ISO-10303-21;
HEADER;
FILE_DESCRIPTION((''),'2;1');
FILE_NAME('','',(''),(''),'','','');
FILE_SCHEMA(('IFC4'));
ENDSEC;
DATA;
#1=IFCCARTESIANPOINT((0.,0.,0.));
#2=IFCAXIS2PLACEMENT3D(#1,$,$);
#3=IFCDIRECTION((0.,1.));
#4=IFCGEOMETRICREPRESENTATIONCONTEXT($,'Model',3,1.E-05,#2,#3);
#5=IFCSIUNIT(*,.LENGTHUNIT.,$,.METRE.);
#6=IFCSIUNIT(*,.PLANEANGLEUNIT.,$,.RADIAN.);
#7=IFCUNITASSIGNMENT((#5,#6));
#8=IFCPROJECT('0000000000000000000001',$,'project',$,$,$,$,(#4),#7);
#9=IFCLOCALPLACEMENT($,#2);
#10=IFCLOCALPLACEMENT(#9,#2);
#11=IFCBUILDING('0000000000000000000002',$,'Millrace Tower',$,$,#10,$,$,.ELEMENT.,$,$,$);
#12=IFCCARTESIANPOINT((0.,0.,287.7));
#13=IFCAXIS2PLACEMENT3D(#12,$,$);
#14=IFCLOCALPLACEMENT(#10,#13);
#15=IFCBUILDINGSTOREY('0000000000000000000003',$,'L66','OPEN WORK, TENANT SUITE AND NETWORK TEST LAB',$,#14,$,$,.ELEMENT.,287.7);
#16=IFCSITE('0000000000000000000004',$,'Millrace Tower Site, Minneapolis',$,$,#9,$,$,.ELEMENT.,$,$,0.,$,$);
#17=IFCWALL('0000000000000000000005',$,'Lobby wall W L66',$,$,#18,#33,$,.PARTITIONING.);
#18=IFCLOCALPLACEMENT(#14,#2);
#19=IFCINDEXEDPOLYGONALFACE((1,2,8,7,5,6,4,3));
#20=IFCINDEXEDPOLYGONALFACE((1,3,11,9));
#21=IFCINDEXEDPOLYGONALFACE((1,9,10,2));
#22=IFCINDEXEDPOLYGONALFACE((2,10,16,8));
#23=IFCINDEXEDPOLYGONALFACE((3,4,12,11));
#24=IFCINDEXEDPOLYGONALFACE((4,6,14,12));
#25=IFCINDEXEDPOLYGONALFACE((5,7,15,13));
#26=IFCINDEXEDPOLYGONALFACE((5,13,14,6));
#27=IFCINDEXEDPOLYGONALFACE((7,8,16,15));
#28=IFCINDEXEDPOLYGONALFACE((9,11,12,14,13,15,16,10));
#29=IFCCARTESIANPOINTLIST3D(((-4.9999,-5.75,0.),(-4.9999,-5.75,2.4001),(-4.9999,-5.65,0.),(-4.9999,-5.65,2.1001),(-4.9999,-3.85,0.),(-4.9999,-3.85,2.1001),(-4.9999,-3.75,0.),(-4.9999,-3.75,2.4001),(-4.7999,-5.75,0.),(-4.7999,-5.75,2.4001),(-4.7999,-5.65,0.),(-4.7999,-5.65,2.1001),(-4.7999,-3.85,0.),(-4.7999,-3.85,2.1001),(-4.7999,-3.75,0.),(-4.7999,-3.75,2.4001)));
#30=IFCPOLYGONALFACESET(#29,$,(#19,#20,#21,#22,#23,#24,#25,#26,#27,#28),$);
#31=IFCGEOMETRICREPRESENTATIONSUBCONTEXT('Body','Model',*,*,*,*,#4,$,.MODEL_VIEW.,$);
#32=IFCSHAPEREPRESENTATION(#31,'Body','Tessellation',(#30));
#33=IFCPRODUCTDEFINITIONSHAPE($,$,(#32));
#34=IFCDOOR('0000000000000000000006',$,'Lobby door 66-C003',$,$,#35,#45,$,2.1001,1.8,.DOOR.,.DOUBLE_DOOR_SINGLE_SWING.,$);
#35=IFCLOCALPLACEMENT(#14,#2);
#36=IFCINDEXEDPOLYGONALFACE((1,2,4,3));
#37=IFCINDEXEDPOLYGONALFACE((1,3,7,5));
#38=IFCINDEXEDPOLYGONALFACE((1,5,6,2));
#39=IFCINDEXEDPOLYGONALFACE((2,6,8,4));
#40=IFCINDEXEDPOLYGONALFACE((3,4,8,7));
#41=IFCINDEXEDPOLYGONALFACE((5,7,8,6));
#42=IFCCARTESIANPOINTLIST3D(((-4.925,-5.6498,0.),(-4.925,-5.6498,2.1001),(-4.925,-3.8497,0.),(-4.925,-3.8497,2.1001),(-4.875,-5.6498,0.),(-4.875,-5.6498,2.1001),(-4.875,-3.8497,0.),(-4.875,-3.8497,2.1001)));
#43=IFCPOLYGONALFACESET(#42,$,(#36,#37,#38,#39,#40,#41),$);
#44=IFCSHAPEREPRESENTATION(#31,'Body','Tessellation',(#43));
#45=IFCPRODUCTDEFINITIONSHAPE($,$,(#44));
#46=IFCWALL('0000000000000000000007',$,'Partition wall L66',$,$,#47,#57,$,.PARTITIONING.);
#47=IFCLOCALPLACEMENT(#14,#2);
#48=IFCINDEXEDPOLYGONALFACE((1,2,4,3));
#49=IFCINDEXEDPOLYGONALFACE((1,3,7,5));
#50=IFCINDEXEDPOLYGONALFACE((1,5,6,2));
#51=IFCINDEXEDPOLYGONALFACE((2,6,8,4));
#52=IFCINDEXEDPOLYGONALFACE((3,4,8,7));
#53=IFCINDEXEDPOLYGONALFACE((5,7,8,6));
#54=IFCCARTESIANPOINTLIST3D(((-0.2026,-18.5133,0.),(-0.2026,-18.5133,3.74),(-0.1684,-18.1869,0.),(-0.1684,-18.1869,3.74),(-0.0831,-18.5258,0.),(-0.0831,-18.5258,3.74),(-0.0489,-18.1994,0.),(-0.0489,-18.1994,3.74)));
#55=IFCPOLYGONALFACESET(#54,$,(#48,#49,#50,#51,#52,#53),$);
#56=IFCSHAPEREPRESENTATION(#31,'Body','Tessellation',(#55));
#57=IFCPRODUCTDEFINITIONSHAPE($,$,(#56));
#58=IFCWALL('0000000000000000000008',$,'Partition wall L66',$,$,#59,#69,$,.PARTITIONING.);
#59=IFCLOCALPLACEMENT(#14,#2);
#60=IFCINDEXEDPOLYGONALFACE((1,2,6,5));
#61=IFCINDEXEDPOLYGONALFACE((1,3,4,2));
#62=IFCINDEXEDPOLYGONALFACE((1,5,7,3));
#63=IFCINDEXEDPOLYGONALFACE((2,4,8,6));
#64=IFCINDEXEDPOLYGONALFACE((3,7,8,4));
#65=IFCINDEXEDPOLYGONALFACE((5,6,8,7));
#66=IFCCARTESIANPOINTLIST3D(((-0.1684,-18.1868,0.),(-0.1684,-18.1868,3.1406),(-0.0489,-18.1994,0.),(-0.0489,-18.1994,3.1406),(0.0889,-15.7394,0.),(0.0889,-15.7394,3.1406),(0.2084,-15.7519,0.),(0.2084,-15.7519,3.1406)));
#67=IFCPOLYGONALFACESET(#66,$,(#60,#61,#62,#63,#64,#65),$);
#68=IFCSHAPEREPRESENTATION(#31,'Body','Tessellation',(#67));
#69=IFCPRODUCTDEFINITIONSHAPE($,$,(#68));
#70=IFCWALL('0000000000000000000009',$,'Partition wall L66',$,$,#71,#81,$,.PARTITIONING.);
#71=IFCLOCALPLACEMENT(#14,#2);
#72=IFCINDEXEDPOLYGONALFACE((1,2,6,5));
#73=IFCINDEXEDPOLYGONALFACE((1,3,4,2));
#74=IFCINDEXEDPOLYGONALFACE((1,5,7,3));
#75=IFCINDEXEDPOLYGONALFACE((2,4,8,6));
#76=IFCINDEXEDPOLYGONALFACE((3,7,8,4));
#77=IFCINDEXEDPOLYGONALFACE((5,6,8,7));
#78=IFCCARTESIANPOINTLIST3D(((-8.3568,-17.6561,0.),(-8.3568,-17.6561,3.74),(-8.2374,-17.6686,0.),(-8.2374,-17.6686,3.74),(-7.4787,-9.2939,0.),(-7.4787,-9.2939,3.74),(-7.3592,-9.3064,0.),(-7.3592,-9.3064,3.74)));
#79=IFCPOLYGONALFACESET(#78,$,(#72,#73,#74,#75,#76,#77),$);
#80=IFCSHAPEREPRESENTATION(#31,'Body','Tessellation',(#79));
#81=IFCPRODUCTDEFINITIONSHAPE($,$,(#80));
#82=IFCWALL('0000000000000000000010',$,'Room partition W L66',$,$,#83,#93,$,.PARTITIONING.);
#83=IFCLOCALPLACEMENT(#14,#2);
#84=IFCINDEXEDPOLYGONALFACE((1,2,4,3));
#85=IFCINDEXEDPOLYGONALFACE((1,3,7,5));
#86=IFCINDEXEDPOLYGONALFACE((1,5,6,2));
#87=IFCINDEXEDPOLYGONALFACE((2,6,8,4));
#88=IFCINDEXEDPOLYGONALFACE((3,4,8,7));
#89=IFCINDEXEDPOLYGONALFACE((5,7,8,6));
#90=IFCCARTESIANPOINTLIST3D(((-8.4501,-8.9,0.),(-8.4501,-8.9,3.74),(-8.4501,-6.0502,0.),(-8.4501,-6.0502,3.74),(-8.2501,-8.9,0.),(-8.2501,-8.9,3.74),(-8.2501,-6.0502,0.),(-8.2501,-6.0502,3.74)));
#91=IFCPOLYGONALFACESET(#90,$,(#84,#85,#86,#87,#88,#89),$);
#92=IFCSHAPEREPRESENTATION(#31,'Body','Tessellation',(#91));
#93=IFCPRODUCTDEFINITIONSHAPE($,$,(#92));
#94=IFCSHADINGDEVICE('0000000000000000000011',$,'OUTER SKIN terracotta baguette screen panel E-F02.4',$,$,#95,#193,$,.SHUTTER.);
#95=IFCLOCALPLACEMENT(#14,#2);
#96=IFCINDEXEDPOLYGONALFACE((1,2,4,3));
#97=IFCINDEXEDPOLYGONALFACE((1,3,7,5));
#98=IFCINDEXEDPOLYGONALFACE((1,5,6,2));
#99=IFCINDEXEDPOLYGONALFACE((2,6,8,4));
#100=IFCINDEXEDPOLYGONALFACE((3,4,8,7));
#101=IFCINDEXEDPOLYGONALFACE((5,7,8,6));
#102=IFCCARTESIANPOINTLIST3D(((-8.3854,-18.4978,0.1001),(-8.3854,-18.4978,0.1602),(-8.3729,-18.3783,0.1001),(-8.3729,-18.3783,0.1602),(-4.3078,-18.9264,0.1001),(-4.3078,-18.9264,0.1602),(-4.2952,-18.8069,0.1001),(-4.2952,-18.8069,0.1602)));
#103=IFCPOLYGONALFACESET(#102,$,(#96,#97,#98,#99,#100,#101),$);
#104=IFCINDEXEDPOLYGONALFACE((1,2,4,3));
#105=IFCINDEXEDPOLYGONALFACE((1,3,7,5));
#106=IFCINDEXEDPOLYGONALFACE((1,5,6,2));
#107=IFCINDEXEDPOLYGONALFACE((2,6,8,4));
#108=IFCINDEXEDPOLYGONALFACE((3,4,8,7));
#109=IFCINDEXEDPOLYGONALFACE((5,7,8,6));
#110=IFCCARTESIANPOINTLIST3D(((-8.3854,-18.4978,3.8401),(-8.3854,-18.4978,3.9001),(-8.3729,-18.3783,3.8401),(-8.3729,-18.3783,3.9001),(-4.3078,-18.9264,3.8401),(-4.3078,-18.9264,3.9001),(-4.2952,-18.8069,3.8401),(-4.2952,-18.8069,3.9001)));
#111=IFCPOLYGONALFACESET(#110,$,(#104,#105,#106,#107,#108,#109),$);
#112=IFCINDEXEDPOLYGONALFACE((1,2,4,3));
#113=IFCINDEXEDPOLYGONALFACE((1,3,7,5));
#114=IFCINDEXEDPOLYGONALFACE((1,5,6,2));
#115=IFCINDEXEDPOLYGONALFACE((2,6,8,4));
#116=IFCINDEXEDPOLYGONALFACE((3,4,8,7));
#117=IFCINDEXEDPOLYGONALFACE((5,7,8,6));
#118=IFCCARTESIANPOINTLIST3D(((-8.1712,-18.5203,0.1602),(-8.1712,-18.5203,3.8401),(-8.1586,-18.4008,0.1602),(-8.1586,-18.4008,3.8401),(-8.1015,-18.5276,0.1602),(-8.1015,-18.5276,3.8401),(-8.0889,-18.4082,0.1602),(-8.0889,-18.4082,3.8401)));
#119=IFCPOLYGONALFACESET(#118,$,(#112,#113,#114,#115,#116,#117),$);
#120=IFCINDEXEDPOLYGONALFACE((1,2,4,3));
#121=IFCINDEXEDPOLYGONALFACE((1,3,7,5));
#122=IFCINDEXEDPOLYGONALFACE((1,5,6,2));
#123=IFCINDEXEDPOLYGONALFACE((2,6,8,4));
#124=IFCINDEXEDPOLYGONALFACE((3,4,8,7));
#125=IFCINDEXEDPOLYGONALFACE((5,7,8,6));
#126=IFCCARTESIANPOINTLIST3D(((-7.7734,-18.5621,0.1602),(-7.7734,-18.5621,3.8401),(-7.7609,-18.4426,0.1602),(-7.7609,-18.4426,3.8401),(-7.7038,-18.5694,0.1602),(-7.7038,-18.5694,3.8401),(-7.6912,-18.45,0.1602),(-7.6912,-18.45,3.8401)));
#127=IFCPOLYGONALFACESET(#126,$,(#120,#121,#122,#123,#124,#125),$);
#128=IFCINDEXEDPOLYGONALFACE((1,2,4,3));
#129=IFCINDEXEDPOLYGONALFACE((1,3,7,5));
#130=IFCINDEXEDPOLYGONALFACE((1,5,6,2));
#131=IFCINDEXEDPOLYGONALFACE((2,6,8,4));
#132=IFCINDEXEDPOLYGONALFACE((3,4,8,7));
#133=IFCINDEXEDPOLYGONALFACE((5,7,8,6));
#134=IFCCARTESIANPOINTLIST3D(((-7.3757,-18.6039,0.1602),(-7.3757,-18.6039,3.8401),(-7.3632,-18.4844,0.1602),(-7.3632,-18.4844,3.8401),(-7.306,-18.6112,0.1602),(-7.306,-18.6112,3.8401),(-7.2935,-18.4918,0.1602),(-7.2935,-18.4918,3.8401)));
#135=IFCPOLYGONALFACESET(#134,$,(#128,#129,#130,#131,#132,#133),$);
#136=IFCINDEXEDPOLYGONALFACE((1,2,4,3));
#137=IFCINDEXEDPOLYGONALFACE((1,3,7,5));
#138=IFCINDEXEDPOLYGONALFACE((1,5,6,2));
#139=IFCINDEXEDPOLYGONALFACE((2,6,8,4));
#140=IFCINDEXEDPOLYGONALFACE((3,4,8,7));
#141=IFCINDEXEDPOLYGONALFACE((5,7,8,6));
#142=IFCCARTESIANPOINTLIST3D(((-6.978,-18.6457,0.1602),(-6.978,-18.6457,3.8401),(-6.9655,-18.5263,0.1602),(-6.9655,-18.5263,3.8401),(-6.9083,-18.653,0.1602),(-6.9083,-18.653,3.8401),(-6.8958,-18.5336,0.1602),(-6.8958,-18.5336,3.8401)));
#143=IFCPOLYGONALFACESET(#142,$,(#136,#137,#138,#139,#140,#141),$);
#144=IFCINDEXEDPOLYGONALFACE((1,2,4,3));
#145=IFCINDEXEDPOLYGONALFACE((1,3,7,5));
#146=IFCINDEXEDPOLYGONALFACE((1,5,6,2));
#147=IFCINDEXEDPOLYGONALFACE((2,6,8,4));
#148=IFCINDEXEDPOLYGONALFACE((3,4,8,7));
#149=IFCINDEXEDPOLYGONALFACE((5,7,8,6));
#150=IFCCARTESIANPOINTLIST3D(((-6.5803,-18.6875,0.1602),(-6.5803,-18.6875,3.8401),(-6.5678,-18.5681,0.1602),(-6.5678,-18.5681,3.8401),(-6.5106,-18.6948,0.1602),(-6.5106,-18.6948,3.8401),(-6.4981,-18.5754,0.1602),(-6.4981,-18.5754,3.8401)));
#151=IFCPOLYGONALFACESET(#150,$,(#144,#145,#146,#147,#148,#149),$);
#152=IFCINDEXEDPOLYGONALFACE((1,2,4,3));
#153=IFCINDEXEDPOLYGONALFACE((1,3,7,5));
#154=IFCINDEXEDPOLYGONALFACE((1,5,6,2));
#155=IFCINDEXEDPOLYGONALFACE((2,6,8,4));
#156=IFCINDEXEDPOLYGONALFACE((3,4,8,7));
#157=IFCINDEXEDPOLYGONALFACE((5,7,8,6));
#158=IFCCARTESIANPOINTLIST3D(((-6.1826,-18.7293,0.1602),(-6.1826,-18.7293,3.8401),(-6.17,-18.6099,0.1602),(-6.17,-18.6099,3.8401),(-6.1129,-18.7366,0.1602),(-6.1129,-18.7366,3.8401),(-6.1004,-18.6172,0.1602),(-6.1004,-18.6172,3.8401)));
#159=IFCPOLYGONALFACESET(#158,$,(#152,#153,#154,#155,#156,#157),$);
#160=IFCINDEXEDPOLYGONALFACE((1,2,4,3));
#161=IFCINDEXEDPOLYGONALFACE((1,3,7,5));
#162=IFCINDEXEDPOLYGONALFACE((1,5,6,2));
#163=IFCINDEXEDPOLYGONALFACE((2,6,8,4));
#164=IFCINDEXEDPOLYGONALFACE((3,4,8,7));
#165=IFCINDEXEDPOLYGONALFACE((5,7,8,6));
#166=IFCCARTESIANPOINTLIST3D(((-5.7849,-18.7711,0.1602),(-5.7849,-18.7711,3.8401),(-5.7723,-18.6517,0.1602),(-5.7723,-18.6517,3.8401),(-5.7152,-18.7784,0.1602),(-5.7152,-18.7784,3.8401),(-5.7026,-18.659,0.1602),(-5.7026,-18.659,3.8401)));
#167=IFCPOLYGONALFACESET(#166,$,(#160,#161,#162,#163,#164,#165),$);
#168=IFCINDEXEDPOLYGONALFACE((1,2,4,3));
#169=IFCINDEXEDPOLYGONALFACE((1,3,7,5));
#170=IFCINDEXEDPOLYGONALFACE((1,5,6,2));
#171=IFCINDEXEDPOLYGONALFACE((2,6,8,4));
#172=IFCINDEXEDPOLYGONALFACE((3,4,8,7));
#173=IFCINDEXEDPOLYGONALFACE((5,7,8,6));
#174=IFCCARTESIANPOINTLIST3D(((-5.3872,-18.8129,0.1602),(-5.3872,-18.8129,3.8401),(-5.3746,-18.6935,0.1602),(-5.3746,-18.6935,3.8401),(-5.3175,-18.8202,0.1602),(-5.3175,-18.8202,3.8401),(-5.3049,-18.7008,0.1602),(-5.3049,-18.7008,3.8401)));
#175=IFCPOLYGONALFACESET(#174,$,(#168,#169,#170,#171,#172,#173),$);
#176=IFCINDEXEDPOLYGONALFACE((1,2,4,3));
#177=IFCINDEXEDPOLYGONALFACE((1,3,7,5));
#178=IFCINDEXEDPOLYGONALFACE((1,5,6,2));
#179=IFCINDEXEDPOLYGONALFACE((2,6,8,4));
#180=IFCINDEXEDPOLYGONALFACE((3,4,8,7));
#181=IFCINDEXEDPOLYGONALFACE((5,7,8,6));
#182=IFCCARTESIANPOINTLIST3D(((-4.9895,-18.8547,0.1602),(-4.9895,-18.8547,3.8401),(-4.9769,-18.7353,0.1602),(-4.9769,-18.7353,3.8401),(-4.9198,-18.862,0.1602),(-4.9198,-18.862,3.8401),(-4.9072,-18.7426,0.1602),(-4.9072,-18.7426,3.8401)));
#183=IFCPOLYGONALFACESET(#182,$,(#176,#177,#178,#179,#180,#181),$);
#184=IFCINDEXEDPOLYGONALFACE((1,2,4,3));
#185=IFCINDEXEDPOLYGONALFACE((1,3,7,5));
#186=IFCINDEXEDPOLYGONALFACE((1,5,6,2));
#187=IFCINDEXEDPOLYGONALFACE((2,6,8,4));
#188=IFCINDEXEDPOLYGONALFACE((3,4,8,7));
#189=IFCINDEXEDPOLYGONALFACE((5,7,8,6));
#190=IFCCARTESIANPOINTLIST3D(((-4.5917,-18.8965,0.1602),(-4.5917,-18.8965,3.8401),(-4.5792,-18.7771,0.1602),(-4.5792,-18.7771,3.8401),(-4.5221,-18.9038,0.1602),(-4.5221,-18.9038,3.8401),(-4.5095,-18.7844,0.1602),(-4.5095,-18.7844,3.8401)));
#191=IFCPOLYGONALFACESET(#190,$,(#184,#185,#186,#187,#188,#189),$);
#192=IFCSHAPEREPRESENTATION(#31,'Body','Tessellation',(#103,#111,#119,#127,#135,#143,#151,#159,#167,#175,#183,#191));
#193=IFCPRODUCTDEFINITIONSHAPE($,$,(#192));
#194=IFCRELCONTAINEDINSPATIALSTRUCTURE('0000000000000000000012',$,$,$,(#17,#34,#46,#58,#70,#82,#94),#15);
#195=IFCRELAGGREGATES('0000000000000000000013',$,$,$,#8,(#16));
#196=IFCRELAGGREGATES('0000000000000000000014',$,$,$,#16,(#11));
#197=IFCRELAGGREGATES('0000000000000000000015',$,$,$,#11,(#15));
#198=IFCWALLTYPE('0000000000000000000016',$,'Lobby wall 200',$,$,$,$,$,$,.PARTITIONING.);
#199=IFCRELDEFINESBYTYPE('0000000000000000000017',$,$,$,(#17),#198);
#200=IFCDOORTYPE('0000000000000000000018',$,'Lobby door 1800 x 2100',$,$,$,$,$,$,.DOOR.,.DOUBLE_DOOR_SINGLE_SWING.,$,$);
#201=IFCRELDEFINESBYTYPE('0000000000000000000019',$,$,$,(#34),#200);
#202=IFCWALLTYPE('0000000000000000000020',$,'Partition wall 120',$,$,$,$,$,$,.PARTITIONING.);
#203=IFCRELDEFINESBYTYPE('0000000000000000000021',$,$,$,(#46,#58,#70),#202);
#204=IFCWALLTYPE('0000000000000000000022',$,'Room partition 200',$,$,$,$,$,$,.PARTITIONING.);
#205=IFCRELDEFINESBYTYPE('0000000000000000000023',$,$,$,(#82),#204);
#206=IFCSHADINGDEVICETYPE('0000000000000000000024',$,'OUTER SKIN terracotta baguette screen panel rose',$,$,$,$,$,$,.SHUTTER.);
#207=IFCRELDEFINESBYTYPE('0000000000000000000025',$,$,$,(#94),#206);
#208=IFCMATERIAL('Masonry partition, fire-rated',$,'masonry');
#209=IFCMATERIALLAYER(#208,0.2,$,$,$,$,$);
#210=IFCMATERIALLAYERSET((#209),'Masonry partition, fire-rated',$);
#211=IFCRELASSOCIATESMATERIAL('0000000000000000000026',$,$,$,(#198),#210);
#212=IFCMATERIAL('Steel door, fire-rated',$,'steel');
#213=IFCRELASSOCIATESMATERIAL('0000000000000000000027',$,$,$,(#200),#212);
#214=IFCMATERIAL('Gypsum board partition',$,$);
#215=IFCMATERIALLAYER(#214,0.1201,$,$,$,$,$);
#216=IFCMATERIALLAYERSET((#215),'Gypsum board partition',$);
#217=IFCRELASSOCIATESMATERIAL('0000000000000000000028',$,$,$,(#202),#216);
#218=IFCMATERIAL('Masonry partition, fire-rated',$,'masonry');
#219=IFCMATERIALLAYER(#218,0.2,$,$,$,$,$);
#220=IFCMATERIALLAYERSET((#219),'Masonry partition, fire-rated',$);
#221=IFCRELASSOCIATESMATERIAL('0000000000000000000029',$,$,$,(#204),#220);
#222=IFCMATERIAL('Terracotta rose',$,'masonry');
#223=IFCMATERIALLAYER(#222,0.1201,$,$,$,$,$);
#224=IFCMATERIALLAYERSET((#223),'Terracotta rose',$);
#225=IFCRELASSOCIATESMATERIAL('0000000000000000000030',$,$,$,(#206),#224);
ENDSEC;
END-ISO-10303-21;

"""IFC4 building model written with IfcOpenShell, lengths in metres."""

from ifc_helpers import new_model, entity, si_unit, direction, frame, frame_2d, origin, place, context, subcontext, project, spatial, rectangle, extrude, source, transform, mapped, material, layer, layer_set, type_object, element, fill, save


model = new_model("IFC4")

# Units and contexts
model_context = context("Model", 3, precision=1e-05, world=origin(), true_north=direction((0.0, 1.0)))
body_context = subcontext(model_context, "Body", "Model", "MODEL_VIEW")
ifc_project = project(units=[si_unit("LENGTHUNIT", "METRE"), si_unit("PLANEANGLEUNIT", "RADIAN")], contexts=[model_context])

# Site, building, storey
site_placement = place(None, origin())
site = spatial("IfcSite", under=ifc_project, at=site_placement, Name="Millrace Tower Site, Minneapolis", CompositionType="ELEMENT", RefElevation=0.0)
building_placement = place(site_placement, origin())
building = spatial("IfcBuilding", under=site, at=building_placement, Name="Millrace Tower", CompositionType="ELEMENT")
storey_placement = place(building_placement, frame((0.0, 0.0, 287.7)))
storey = spatial("IfcBuildingStorey", under=building, at=storey_placement, Name="L66", Description="OPEN WORK, TENANT SUITE AND NETWORK TEST LAB", CompositionType="ELEMENT", Elevation=287.7)

# Wall, opening, door
ifc_material_1 = material(Name="Masonry partition, fire-rated", Category="masonry")
ifc_layer_1 = layer(ifc_material_1, 0.2)
ifc_layer_set_1 = layer_set([ifc_layer_1], Name="Masonry partition, fire-rated")
wall_type_1 = type_object("IfcWallType", Name="Lobby wall 200", PredefinedType="PARTITIONING", material=ifc_layer_set_1)
wall_1_placement = place(storey_placement, frame((-4.8999, -5.75, 0.0), z_axis=(0.0, 0.0, 1.0), x_axis=(0.0, 1.0, 0.0)))
wall_1 = element("IfcWall", 1, at=wall_1_placement, inside=storey, type_object=wall_type_1, Name="Lobby wall W L66", PredefinedType="PARTITIONING", context=body_context, shape_type="SweptSolid", body=[
    extrude(rectangle(XDim=2.0, YDim=0.2, at=frame_2d((1.0, 0.0))), origin(), (0.0, 0.0, 1.0), 2.4001),
])
opening_1_placement = place(wall_1_placement, frame((0.1001, 0.0, 0.0)))
opening_1 = element("IfcOpeningElement", 2, at=opening_1_placement, cuts=wall_1, PredefinedType="OPENING", context=body_context, shape_type="SweptSolid", body=[
    extrude(rectangle(XDim=1.8, YDim=2.1001, at=frame_2d((0.8999, 1.05))), frame((0.0, 0.1099, 0.0), z_axis=(0.0, -1.0, 0.0), x_axis=(1.0, 0.0, 0.0)), (0.0, 0.0, 1.0), 0.22),
])
ifc_material_2 = material(Name="Steel door, fire-rated", Category="steel")
door_type_1 = type_object("IfcDoorType", Name="Lobby door 1800 x 2100", OperationType="DOUBLE_DOOR_SINGLE_SWING", PredefinedType="DOOR", material=ifc_material_2)
door_1_placement = place(opening_1_placement, frame((1.8, 0.0, 0.0), z_axis=(0.0, 0.0, 1.0), x_axis=(-1.0, 0.0, 0.0)))
door_1 = element("IfcDoor", 3, at=door_1_placement, inside=storey, type_object=door_type_1, Name="Lobby door 66-C003", OperationType="DOUBLE_DOOR_SINGLE_SWING", OverallHeight=2.1001, OverallWidth=1.8, PredefinedType="DOOR", context=body_context, shape_type="SweptSolid", body=[
    extrude(rectangle(XDim=1.8, YDim=2.1001, at=frame_2d((0.8999, 1.05))), frame((0.0, 0.0249, 0.0), z_axis=(0.0, -1.0, 0.0), x_axis=(1.0, 0.0, 0.0)), (0.0, 0.0, 1.0), 0.05),
])
fill(opening_1, door_1)

# Walls
ifc_material_3 = material(Name="Gypsum board partition")
ifc_layer_2 = layer(ifc_material_3, 0.1201)
ifc_layer_set_2 = layer_set([ifc_layer_2], Name="Gypsum board partition")
wall_type_2 = type_object("IfcWallType", Name="Partition wall 120", PredefinedType="PARTITIONING", material=ifc_layer_set_2)
wall_2_placement = place(storey_placement, frame((-0.1428, -18.5195, 0.0), z_axis=(0.0, 0.0, 1.0), x_axis=(0.104143, 0.994562, 0.0)))
element("IfcWall", 4, at=wall_2_placement, inside=storey, type_object=wall_type_2, Name="Partition wall L66", PredefinedType="PARTITIONING", context=body_context, shape_type="SweptSolid", body=[
    extrude(rectangle(XDim=0.3281, YDim=0.1201, at=frame_2d((0.1641, 0.0))), origin(), (0.0, 0.0, 1.0), 3.74),
])
wall_3_placement = place(storey_placement, frame((-0.1086, -18.1931, 0.0), z_axis=(0.0, 0.0, 1.0), x_axis=(0.104561, 0.994518, 0.0)))
element("IfcWall", 5, at=wall_3_placement, inside=storey, type_object=wall_type_2, Name="Partition wall L66", PredefinedType="PARTITIONING", context=body_context, shape_type="SweptSolid", body=[
    extrude(rectangle(XDim=2.4609, YDim=0.1201, at=frame_2d((1.2305, 0.0))), origin(), (0.0, 0.0, 1.0), 3.1406),
])
wall_4_placement = place(storey_placement, frame((-8.2971, -17.6624, 0.0), z_axis=(0.0, 0.0, 1.0), x_axis=(0.104441, 0.994531, 0.0)))
element("IfcWall", 6, at=wall_4_placement, inside=storey, type_object=wall_type_2, Name="Partition wall L66", PredefinedType="PARTITIONING", context=body_context, shape_type="SweptSolid", body=[
    extrude(rectangle(XDim=8.4082, YDim=0.1201, at=frame_2d((4.2041, 0.0))), origin(), (0.0, 0.0, 1.0), 3.74),
])
ifc_material_4 = material(Name="Masonry partition, fire-rated", Category="masonry")
ifc_layer_3 = layer(ifc_material_4, 0.2)
ifc_layer_set_3 = layer_set([ifc_layer_3], Name="Masonry partition, fire-rated")
wall_type_3 = type_object("IfcWallType", Name="Room partition 200", PredefinedType="PARTITIONING", material=ifc_layer_set_3)
wall_5_placement = place(storey_placement, frame((-8.3501, -8.8999, 0.0), z_axis=(0.0, 0.0, 1.0), x_axis=(0.0, 1.0, 0.0)))
element("IfcWall", 7, at=wall_5_placement, inside=storey, type_object=wall_type_3, Name="Room partition W L66", PredefinedType="PARTITIONING", context=body_context, shape_type="SweptSolid", body=[
    extrude(rectangle(XDim=2.8499, YDim=0.2, at=frame_2d((1.4248, 0.0))), origin(), (0.0, 0.0, 1.0), 3.74),
])

# Shading device
ifc_material_5 = material(Name="Terracotta rose", Category="masonry")
ifc_layer_4 = layer(ifc_material_5, 0.1201)
ifc_layer_set_4 = layer_set([ifc_layer_4], Name="Terracotta rose")
shading_device_type = type_object("IfcShadingDeviceType", Name="OUTER SKIN terracotta baguette screen panel rose", PredefinedType="SHUTTER", material=ifc_layer_set_4)
cartesian_point = entity("IfcCartesianPoint", [-2.05, 0.0601])
shared_polyline = entity("IfcPolyline", [cartesian_point, entity("IfcCartesianPoint", [2.05, 0.0601]), entity("IfcCartesianPoint", [2.05, -0.0601]), entity("IfcCartesianPoint", [-2.05, -0.0601]), cartesian_point])
shared_shape = source(origin(), body_context, "Body", "SweptSolid", [
    entity("IfcExtrudedAreaSolid", entity("IfcArbitraryClosedProfileDef", "AREA", None, shared_polyline), entity("IfcAxis2Placement3D", entity("IfcCartesianPoint", [0.0, 0.0, 0.0])), entity("IfcDirection", [0.0, 0.0, 1.0]), 0.0601),
    entity("IfcExtrudedAreaSolid", entity("IfcArbitraryClosedProfileDef", "AREA", None, shared_polyline), entity("IfcAxis2Placement3D", entity("IfcCartesianPoint", [0.0, 0.0, 3.74])), entity("IfcDirection", [0.0, 0.0, 1.0]), 0.0601),
    extrude(rectangle(XDim=0.0701, YDim=0.1201, at=frame_2d((-1.7996, 0.0))), frame((0.0, 0.0, 0.0601)), (0.0, 0.0, 1.0), 3.6799),
    extrude(rectangle(XDim=0.0701, YDim=0.1201, at=frame_2d((-1.3997, 0.0))), frame((0.0, 0.0, 0.0601)), (0.0, 0.0, 1.0), 3.6799),
    extrude(rectangle(XDim=0.0701, YDim=0.1201, at=frame_2d((-0.9998, 0.0))), frame((0.0, 0.0, 0.0601)), (0.0, 0.0, 1.0), 3.6799),
    extrude(rectangle(XDim=0.0701, YDim=0.1201, at=frame_2d((-0.5999, 0.0))), frame((0.0, 0.0, 0.0601)), (0.0, 0.0, 1.0), 3.6799),
    extrude(rectangle(XDim=0.0701, YDim=0.1201, at=frame_2d((-0.2, 0.0))), frame((0.0, 0.0, 0.0601)), (0.0, 0.0, 1.0), 3.6799),
    extrude(rectangle(XDim=0.0701, YDim=0.1201, at=frame_2d((0.2, 0.0))), frame((0.0, 0.0, 0.0601)), (0.0, 0.0, 1.0), 3.6799),
    extrude(rectangle(XDim=0.0701, YDim=0.1201, at=frame_2d((0.5999, 0.0))), frame((0.0, 0.0, 0.0601)), (0.0, 0.0, 1.0), 3.6799),
    extrude(rectangle(XDim=0.0701, YDim=0.1201, at=frame_2d((0.9998, 0.0))), frame((0.0, 0.0, 0.0601)), (0.0, 0.0, 1.0), 3.6799),
    extrude(rectangle(XDim=0.0701, YDim=0.1201, at=frame_2d((1.3997, 0.0))), frame((0.0, 0.0, 0.0601)), (0.0, 0.0, 1.0), 3.6799),
    extrude(rectangle(XDim=0.0701, YDim=0.1201, at=frame_2d((1.7996, 0.0))), frame((0.0, 0.0, 0.0601)), (0.0, 0.0, 1.0), 3.6799),
])
for number, where, z_axis, x_axis, name in (
    (8, (-6.3403, -18.6523, 0.1001), (0.0, 0.0, 1.0), (0.994522, -0.104528, 0.0), "OUTER SKIN terracotta baguette screen panel E-F02.4"),
):
    element("IfcShadingDevice", number, at=place(storey_placement, frame(where, z_axis=z_axis, x_axis=x_axis)), inside=storey, type_object=shading_device_type, Name=name, PredefinedType="SHUTTER", context=body_context, shape_type="MappedRepresentation", body=[
        mapped(shared_shape, transform((0.0, 0.0, 0.0), scale=1.0)),
    ])

save(model, "model.ifc")
